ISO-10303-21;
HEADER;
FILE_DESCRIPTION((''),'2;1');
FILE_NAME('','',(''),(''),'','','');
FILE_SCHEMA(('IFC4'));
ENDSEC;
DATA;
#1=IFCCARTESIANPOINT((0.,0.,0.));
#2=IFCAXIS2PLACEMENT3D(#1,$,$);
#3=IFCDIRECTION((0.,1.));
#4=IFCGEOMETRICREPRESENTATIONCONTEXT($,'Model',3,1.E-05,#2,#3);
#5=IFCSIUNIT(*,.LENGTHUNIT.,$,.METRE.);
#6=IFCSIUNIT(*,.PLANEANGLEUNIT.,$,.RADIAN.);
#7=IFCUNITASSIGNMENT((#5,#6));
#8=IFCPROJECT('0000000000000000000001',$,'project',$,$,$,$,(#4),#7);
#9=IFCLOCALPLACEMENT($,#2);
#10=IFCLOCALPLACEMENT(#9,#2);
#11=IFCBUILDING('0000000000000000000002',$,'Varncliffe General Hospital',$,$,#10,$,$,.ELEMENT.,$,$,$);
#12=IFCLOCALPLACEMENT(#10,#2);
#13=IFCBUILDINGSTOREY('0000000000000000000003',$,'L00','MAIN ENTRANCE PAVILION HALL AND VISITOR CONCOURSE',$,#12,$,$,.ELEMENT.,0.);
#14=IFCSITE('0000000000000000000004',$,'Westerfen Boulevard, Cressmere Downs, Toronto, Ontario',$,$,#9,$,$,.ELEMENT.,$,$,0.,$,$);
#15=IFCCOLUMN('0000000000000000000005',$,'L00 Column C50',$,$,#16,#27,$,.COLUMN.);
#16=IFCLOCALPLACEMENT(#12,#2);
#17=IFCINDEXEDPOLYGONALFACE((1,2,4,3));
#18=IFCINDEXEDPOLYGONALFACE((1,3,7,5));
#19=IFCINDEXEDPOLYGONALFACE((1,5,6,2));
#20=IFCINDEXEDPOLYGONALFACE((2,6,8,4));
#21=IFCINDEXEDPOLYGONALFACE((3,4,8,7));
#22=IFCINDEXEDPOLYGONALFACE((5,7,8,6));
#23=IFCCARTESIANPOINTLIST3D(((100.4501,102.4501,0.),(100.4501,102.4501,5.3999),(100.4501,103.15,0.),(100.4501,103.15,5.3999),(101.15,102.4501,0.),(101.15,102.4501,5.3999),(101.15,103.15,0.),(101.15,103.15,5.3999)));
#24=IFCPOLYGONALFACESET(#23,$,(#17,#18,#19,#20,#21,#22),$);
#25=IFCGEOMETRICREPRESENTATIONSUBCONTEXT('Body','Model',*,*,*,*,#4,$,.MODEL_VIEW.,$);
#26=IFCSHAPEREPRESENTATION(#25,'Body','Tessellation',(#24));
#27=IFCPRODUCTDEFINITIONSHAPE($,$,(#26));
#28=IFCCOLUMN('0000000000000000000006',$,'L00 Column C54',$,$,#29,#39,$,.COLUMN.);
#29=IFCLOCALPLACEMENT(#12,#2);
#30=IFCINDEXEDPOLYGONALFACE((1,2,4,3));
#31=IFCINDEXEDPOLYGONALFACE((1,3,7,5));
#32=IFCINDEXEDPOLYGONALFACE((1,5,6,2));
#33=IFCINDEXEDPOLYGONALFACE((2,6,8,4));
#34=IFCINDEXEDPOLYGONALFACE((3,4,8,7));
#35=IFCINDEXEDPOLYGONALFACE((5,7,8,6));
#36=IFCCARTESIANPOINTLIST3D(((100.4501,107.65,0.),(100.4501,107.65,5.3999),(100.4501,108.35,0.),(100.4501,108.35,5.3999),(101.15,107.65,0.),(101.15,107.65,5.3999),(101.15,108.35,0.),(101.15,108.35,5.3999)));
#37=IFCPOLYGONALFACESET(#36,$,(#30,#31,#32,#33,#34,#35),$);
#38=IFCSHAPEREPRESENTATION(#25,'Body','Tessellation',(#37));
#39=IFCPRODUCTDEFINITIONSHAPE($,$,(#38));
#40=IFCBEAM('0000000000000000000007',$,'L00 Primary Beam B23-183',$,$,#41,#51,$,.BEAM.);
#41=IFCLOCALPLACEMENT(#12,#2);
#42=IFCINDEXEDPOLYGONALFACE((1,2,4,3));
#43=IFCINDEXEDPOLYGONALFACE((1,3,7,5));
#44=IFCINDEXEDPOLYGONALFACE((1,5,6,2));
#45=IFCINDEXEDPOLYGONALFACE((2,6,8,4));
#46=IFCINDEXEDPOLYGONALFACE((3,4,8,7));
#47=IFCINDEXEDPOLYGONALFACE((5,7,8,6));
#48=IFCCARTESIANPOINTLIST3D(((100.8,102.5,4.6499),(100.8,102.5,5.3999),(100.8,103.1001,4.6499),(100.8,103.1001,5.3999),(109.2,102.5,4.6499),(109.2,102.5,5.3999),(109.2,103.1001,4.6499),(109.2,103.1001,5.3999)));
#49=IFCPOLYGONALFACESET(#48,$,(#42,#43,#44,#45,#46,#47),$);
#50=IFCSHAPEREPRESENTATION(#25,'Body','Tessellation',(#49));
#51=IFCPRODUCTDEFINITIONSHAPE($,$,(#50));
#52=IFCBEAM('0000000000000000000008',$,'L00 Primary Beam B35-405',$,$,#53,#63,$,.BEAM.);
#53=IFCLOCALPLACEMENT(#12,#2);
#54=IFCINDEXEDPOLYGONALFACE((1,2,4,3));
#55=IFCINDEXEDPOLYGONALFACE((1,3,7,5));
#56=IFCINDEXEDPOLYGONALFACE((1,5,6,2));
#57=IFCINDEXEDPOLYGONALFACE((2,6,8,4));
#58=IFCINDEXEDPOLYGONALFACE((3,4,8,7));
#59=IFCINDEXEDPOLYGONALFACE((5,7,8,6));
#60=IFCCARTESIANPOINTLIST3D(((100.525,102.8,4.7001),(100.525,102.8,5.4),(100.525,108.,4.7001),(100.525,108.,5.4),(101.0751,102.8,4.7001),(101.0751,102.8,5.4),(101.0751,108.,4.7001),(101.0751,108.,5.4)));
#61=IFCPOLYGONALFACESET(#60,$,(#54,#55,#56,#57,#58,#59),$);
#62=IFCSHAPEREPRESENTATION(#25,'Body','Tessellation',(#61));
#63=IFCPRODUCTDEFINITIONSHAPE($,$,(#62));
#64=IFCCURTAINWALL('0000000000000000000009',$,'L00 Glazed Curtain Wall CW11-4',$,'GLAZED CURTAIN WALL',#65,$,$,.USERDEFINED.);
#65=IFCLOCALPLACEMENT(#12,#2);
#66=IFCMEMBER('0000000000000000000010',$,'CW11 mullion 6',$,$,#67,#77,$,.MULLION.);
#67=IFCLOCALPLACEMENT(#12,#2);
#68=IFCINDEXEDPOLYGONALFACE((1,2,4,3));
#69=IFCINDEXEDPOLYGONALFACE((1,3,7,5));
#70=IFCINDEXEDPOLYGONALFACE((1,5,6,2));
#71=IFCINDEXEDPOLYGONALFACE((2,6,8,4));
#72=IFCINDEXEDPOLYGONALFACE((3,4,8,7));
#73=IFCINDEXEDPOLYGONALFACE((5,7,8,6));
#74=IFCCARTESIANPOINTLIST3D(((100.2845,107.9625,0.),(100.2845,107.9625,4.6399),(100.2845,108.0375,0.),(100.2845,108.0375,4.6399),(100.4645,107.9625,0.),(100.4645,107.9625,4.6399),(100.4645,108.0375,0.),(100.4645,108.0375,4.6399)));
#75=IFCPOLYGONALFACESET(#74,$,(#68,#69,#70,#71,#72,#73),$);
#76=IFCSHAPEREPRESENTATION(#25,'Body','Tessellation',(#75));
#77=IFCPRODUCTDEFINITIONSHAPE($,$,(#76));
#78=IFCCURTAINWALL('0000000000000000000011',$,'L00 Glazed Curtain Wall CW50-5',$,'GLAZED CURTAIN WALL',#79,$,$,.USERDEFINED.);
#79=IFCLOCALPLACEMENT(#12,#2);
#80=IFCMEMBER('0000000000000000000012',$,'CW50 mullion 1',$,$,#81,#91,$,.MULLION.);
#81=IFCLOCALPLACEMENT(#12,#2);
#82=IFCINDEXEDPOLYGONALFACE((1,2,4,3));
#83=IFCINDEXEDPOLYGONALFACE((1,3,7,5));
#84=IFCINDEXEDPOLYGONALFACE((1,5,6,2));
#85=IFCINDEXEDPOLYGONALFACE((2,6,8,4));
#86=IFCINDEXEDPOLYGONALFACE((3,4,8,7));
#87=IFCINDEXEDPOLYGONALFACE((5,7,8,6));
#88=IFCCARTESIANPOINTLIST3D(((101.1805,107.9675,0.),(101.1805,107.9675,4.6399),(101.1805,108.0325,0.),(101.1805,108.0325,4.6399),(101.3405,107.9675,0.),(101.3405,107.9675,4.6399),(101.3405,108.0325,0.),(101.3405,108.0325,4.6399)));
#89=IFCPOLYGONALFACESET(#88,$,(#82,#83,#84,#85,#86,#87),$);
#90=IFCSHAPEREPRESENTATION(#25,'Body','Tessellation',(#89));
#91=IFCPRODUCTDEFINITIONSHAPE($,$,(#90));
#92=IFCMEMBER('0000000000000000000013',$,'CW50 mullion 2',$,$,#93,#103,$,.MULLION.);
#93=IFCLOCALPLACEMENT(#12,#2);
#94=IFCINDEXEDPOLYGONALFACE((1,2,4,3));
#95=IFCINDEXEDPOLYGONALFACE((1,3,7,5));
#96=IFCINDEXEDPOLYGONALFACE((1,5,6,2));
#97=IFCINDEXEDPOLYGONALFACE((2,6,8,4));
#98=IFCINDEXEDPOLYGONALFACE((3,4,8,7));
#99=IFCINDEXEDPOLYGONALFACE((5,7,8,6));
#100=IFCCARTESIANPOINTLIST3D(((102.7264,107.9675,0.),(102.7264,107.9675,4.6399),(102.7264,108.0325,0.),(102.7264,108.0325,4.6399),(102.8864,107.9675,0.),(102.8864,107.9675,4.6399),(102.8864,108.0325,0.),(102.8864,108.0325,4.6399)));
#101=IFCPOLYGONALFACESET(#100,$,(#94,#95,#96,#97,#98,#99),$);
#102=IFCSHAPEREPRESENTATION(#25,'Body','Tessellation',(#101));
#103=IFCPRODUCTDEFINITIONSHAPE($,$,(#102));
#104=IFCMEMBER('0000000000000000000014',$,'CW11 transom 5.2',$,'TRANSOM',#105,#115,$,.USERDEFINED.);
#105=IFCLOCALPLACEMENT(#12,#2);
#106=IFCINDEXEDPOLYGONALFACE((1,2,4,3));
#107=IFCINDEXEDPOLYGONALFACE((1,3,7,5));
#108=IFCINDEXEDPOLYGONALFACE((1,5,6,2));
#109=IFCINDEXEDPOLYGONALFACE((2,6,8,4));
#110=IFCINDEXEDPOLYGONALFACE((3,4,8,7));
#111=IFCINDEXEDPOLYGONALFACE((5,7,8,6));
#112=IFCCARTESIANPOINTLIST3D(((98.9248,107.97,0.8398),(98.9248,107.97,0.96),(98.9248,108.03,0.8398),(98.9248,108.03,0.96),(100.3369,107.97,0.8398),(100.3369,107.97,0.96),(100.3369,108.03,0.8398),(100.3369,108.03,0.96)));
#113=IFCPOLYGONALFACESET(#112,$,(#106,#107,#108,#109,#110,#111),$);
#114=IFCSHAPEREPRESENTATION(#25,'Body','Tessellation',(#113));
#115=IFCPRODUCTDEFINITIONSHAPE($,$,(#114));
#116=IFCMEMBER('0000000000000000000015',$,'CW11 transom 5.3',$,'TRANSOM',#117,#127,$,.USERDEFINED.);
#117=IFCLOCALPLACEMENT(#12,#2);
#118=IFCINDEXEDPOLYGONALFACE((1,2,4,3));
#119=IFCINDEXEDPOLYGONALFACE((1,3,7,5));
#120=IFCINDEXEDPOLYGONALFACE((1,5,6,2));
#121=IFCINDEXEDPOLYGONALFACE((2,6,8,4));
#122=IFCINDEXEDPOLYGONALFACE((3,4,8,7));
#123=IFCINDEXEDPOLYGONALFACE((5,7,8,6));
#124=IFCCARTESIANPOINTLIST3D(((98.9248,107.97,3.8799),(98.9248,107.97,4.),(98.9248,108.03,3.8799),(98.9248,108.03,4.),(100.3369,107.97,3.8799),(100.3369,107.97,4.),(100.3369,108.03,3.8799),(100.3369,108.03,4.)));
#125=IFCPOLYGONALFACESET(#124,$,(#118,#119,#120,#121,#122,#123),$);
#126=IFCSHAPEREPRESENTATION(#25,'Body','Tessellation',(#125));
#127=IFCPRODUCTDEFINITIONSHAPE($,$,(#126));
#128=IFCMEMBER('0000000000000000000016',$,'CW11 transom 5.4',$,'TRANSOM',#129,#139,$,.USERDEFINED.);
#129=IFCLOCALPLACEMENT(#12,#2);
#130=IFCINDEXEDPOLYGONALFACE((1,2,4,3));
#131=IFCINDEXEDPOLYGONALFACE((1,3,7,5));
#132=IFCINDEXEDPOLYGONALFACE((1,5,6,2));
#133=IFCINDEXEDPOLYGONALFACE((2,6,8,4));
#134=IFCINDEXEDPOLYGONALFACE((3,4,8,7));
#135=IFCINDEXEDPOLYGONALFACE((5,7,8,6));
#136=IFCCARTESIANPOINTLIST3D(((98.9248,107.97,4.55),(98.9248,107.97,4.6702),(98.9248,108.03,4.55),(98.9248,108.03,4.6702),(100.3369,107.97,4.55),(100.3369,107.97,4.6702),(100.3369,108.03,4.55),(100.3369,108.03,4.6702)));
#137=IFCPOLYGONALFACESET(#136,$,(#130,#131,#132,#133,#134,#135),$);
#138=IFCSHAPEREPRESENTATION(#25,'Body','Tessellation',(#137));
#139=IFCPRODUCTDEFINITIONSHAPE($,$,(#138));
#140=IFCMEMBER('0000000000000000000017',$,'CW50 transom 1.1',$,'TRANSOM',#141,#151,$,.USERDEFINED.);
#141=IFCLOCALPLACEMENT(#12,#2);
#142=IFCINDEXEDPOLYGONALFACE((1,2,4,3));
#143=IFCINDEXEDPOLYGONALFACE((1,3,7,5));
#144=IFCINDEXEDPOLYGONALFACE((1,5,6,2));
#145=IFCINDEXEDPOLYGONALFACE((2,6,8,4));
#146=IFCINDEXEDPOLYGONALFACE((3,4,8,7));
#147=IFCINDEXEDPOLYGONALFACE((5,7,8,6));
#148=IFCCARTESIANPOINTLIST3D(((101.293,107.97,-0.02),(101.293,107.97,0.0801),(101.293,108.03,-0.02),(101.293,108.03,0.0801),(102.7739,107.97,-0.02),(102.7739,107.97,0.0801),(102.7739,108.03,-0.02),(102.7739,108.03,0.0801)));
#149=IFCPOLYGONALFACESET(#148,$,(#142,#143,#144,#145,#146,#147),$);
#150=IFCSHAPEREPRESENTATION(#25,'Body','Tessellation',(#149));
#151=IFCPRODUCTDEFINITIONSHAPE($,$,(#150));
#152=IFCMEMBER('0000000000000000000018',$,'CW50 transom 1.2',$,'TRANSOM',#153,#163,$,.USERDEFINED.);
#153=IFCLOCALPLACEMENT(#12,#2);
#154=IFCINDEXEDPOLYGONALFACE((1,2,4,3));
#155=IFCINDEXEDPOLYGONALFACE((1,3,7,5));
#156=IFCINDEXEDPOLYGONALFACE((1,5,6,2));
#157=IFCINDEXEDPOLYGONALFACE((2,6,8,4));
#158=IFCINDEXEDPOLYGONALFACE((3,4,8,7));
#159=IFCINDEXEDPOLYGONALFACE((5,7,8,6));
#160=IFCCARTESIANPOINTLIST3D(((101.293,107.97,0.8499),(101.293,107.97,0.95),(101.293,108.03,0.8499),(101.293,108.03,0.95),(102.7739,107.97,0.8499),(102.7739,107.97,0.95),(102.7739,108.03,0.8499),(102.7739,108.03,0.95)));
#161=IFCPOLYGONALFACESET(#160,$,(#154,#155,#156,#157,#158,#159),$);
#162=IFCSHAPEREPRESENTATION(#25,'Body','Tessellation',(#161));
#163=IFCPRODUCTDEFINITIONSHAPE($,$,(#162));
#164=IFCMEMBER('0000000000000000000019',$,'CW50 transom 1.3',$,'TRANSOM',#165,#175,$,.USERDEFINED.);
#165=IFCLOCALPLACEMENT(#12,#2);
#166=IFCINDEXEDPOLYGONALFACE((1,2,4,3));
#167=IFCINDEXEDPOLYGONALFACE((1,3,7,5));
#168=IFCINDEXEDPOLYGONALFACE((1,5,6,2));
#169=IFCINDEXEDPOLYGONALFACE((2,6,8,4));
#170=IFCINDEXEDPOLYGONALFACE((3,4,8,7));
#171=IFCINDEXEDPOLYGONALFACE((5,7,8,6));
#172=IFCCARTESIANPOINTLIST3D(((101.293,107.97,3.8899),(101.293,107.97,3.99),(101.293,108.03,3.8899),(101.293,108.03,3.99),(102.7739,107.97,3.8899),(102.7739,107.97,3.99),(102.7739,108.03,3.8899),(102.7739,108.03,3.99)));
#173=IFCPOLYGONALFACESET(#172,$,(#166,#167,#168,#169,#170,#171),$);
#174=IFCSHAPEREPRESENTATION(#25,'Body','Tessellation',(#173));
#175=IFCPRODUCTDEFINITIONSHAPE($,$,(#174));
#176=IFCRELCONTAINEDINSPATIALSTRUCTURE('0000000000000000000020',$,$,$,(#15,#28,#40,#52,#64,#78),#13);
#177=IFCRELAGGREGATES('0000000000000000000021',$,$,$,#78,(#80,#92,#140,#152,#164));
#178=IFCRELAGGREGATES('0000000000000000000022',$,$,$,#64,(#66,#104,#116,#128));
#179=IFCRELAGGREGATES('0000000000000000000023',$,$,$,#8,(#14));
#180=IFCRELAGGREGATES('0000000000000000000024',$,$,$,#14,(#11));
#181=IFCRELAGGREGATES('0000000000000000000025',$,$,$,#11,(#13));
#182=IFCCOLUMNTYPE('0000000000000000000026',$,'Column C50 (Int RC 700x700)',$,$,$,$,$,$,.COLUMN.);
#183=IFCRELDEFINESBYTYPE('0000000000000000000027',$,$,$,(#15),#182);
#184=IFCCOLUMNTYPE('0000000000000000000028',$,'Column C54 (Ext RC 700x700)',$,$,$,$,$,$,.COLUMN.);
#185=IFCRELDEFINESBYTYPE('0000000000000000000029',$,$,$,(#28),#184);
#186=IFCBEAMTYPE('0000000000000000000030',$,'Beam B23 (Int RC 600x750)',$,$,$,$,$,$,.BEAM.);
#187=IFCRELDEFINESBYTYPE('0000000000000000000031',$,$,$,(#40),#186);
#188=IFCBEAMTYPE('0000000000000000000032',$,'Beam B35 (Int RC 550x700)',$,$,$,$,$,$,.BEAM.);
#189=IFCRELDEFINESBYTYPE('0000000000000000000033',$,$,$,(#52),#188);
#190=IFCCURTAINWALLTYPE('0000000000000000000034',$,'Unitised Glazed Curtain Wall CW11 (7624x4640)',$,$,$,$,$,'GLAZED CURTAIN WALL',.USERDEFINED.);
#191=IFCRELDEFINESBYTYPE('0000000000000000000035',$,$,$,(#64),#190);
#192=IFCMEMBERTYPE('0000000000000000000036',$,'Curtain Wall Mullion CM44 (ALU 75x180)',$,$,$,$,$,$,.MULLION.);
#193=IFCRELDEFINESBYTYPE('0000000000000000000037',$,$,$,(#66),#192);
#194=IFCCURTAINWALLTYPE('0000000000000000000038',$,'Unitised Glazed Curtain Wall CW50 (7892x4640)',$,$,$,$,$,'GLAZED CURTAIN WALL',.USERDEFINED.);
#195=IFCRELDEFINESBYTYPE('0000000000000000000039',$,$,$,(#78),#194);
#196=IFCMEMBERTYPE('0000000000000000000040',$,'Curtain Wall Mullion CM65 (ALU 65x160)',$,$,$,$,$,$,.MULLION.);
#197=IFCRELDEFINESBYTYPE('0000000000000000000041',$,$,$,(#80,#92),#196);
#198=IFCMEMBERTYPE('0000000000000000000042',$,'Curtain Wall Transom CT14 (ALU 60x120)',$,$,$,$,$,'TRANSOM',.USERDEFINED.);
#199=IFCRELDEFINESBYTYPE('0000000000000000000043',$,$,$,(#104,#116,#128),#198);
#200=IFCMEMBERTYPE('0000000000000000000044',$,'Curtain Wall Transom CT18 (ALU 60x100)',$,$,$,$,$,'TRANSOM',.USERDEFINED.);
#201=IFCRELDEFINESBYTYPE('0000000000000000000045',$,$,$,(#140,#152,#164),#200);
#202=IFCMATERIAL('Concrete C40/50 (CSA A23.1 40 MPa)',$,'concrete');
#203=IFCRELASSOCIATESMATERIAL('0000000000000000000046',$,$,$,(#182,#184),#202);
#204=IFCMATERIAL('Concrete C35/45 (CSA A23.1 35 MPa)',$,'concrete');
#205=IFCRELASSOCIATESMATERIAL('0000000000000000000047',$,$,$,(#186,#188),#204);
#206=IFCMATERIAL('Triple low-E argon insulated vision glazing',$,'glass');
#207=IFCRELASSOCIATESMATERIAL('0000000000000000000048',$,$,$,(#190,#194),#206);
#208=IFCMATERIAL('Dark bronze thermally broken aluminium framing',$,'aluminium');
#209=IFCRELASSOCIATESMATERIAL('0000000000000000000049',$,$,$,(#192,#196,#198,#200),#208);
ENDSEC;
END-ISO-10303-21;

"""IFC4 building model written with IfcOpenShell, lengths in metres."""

from ifc_helpers import new_model, si_unit, direction, frame, origin, origin_2d, place, context, subcontext, project, spatial, rectangle, extrude, material, material_profile, profile_set, type_object, element, aggregate, save


model = new_model("IFC4")

# Units and contexts
model_context = context("Model", 3, precision=1e-05, world=origin(), true_north=direction((0.0, 1.0)))
body_context = subcontext(model_context, "Body", "Model", "MODEL_VIEW")
ifc_project = project(units=[si_unit("LENGTHUNIT", "METRE"), si_unit("PLANEANGLEUNIT", "RADIAN")], contexts=[model_context])

# Site, building, storey
site_placement = place(None, origin())
site = spatial("IfcSite", under=ifc_project, at=site_placement, Name="Westerfen Boulevard, Cressmere Downs, Toronto, Ontario", CompositionType="ELEMENT", RefElevation=0.0)
building_placement = place(site_placement, origin())
building = spatial("IfcBuilding", under=site, at=building_placement, Name="Varncliffe General Hospital", CompositionType="ELEMENT")
storey_placement = place(building_placement, origin())
storey = spatial("IfcBuildingStorey", under=building, at=storey_placement, Name="L00", Description="MAIN ENTRANCE PAVILION HALL AND VISITOR CONCOURSE", CompositionType="ELEMENT", Elevation=0.0)

# Columns
ifc_material_1 = material(Name="Concrete C40/50 (CSA A23.1 40 MPa)", Category="concrete")
ifc_material_profile_1 = material_profile(ifc_material_1, rectangle(XDim=0.7, YDim=0.7, at=origin_2d()), Name="RC 700x700")
ifc_profile_set_1 = profile_set([ifc_material_profile_1], Name="Concrete C40/50 (CSA A23.1 40 MPa)")
column_type_1 = type_object("IfcColumnType", Name="Column C50 (Int RC 700x700)", PredefinedType="COLUMN", material=ifc_profile_set_1)
column_1_placement = place(storey_placement, frame((100.8, 102.8, 0.0), z_axis=(0.0, 0.0, 1.0), x_axis=(1.0, 0.0, 0.0)))
element("IfcColumn", 1, at=column_1_placement, inside=storey, type_object=column_type_1, Name="L00 Column C50", PredefinedType="COLUMN", context=body_context, shape_type="SweptSolid", body=[
    extrude(rectangle(XDim=0.7, YDim=0.7, at=origin_2d()), origin(), (0.0, 0.0, 1.0), 5.3999),
])
ifc_material_profile_2 = material_profile(ifc_material_1, rectangle(XDim=0.7, YDim=0.7, at=origin_2d()), Name="RC 700x700")
ifc_profile_set_2 = profile_set([ifc_material_profile_2], Name="Concrete C40/50 (CSA A23.1 40 MPa)")
column_type_2 = type_object("IfcColumnType", Name="Column C54 (Ext RC 700x700)", PredefinedType="COLUMN", material=ifc_profile_set_2)
column_2_placement = place(storey_placement, frame((100.8, 108.0, 0.0), z_axis=(0.0, 0.0, 1.0), x_axis=(1.0, 0.0, 0.0)))
element("IfcColumn", 2, at=column_2_placement, inside=storey, type_object=column_type_2, Name="L00 Column C54", PredefinedType="COLUMN", context=body_context, shape_type="SweptSolid", body=[
    extrude(rectangle(XDim=0.7, YDim=0.7, at=origin_2d()), origin(), (0.0, 0.0, 1.0), 5.3999),
])

# Beams
ifc_material_2 = material(Name="Concrete C35/45 (CSA A23.1 35 MPa)", Category="concrete")
ifc_material_profile_3 = material_profile(ifc_material_2, rectangle(XDim=0.6001, YDim=0.75, at=origin_2d()), Name="RC 600x750")
ifc_profile_set_3 = profile_set([ifc_material_profile_3], Name="Concrete C35/45 (CSA A23.1 35 MPa)")
beam_type_1 = type_object("IfcBeamType", Name="Beam B23 (Int RC 600x750)", PredefinedType="BEAM", material=ifc_profile_set_3)
beam_1_placement = place(storey_placement, frame((100.8, 102.8, 5.0249), z_axis=(1.0, 0.0, 0.0), x_axis=(0.0, 1.0, 0.0)))
element("IfcBeam", 3, at=beam_1_placement, inside=storey, type_object=beam_type_1, Name="L00 Primary Beam B23-183", PredefinedType="BEAM", context=body_context, shape_type="SweptSolid", body=[
    extrude(rectangle(XDim=0.6001, YDim=0.75, at=origin_2d()), origin(), (0.0, 0.0, 1.0), 8.3999),
])
ifc_material_profile_4 = material_profile(ifc_material_2, rectangle(XDim=0.55, YDim=0.7, at=origin_2d()), Name="RC 550x700")
ifc_profile_set_4 = profile_set([ifc_material_profile_4], Name="Concrete C35/45 (CSA A23.1 35 MPa)")
beam_type_2 = type_object("IfcBeamType", Name="Beam B35 (Int RC 550x700)", PredefinedType="BEAM", material=ifc_profile_set_4)
beam_2_placement = place(storey_placement, frame((100.8, 102.8, 5.05), z_axis=(0.0, 1.0, 0.0), x_axis=(-1.0, 0.0, 0.0)))
element("IfcBeam", 4, at=beam_2_placement, inside=storey, type_object=beam_type_2, Name="L00 Primary Beam B35-405", PredefinedType="BEAM", context=body_context, shape_type="SweptSolid", body=[
    extrude(rectangle(XDim=0.55, YDim=0.7, at=origin_2d()), origin(), (0.0, 0.0, 1.0), 5.2),
])

# Curtain wall, member
ifc_material_3 = material(Name="Triple low-E argon insulated vision glazing", Category="glass")
curtain_wall_type_1 = type_object("IfcCurtainWallType", Name="Unitised Glazed Curtain Wall CW11 (7624x4640)", ElementType="GLAZED CURTAIN WALL", PredefinedType="USERDEFINED", material=ifc_material_3)
curtain_wall_1_placement = place(storey_placement, origin())
curtain_wall_1 = element("IfcCurtainWall", 5, at=curtain_wall_1_placement, inside=storey, type_object=curtain_wall_type_1, Name="L00 Glazed Curtain Wall CW11-4", ObjectType="GLAZED CURTAIN WALL", PredefinedType="USERDEFINED")
ifc_material_4 = material(Name="Dark bronze thermally broken aluminium framing", Category="aluminium")
ifc_material_profile_5 = material_profile(ifc_material_4, rectangle(XDim=0.075, YDim=0.1799, at=origin_2d()), Name="ALU 75x180")
ifc_profile_set_5 = profile_set([ifc_material_profile_5], Name="Dark bronze thermally broken aluminium framing")
member_type_1 = type_object("IfcMemberType", Name="Curtain Wall Mullion CM44 (ALU 75x180)", PredefinedType="MULLION", material=ifc_profile_set_5)
member_1_placement = place(storey_placement, frame((100.3745, 108.0, 0.0), z_axis=(0.0, 0.0, 1.0), x_axis=(0.0, 1.0, 0.0)))
member_1 = element("IfcMember", 6, at=member_1_placement, type_object=member_type_1, Name="CW11 mullion 6", PredefinedType="MULLION", context=body_context, shape_type="SweptSolid", body=[
    extrude(rectangle(XDim=0.075, YDim=0.1799, at=origin_2d()), origin(), (0.0, 0.0, 1.0), 4.6399),
])

# Curtain wall, members
curtain_wall_type_2 = type_object("IfcCurtainWallType", Name="Unitised Glazed Curtain Wall CW50 (7892x4640)", ElementType="GLAZED CURTAIN WALL", PredefinedType="USERDEFINED", material=ifc_material_3)
curtain_wall_2_placement = place(storey_placement, origin())
curtain_wall_2 = element("IfcCurtainWall", 7, at=curtain_wall_2_placement, inside=storey, type_object=curtain_wall_type_2, Name="L00 Glazed Curtain Wall CW50-5", ObjectType="GLAZED CURTAIN WALL", PredefinedType="USERDEFINED")
ifc_material_profile_6 = material_profile(ifc_material_4, rectangle(XDim=0.0649, YDim=0.1599, at=origin_2d()), Name="ALU 65x160")
ifc_profile_set_6 = profile_set([ifc_material_profile_6], Name="Dark bronze thermally broken aluminium framing")
member_type_2 = type_object("IfcMemberType", Name="Curtain Wall Mullion CM65 (ALU 65x160)", PredefinedType="MULLION", material=ifc_profile_set_6)
member_2_placement = place(storey_placement, frame((101.2605, 108.0, 0.0), z_axis=(0.0, 0.0, 1.0), x_axis=(0.0, 1.0, 0.0)))
member_2 = element("IfcMember", 8, at=member_2_placement, type_object=member_type_2, Name="CW50 mullion 1", PredefinedType="MULLION", context=body_context, shape_type="SweptSolid", body=[
    extrude(rectangle(XDim=0.0649, YDim=0.1599, at=origin_2d()), origin(), (0.0, 0.0, 1.0), 4.6399),
])
member_3_placement = place(storey_placement, frame((102.8064, 108.0, 0.0), z_axis=(0.0, 0.0, 1.0), x_axis=(0.0, 1.0, 0.0)))
member_3 = element("IfcMember", 9, at=member_3_placement, type_object=member_type_2, Name="CW50 mullion 2", PredefinedType="MULLION", context=body_context, shape_type="SweptSolid", body=[
    extrude(rectangle(XDim=0.0649, YDim=0.1599, at=origin_2d()), origin(), (0.0, 0.0, 1.0), 4.6399),
])

# Members
ifc_material_profile_7 = material_profile(ifc_material_4, rectangle(XDim=0.0601, YDim=0.1201, at=origin_2d()), Name="ALU 60x120")
ifc_profile_set_7 = profile_set([ifc_material_profile_7], Name="Dark bronze thermally broken aluminium framing")
member_type_3 = type_object("IfcMemberType", Name="Curtain Wall Transom CT14 (ALU 60x120)", ElementType="TRANSOM", PredefinedType="USERDEFINED", material=ifc_profile_set_7)
member_4_placement = place(storey_placement, frame((98.9248, 108.0, 0.8999), z_axis=(1.0, 0.0, 0.0), x_axis=(0.0, 1.0, 0.0)))
member_4 = element("IfcMember", 10, at=member_4_placement, type_object=member_type_3, Name="CW11 transom 5.2", ObjectType="TRANSOM", PredefinedType="USERDEFINED", context=body_context, shape_type="SweptSolid", body=[
    extrude(rectangle(XDim=0.0601, YDim=0.1201, at=origin_2d()), origin(), (0.0, 0.0, 1.0), 1.4121),
])
member_5_placement = place(storey_placement, frame((98.9248, 108.0, 3.9399), z_axis=(1.0, 0.0, 0.0), x_axis=(0.0, 1.0, 0.0)))
member_5 = element("IfcMember", 11, at=member_5_placement, type_object=member_type_3, Name="CW11 transom 5.3", ObjectType="TRANSOM", PredefinedType="USERDEFINED", context=body_context, shape_type="SweptSolid", body=[
    extrude(rectangle(XDim=0.0601, YDim=0.1201, at=origin_2d()), origin(), (0.0, 0.0, 1.0), 1.4121),
])
member_6_placement = place(storey_placement, frame((98.9248, 108.0, 4.6101), z_axis=(1.0, 0.0, 0.0), x_axis=(0.0, 1.0, 0.0)))
member_6 = element("IfcMember", 12, at=member_6_placement, type_object=member_type_3, Name="CW11 transom 5.4", ObjectType="TRANSOM", PredefinedType="USERDEFINED", context=body_context, shape_type="SweptSolid", body=[
    extrude(rectangle(XDim=0.0601, YDim=0.1201, at=origin_2d()), origin(), (0.0, 0.0, 1.0), 1.4121),
])
ifc_material_profile_8 = material_profile(ifc_material_4, rectangle(XDim=0.0601, YDim=0.1001, at=origin_2d()), Name="ALU 60x100")
ifc_profile_set_8 = profile_set([ifc_material_profile_8], Name="Dark bronze thermally broken aluminium framing")
member_type_4 = type_object("IfcMemberType", Name="Curtain Wall Transom CT18 (ALU 60x100)", ElementType="TRANSOM", PredefinedType="USERDEFINED", material=ifc_profile_set_8)
member_7_placement = place(storey_placement, frame((101.293, 108.0, 0.03), z_axis=(1.0, 0.0, 0.0), x_axis=(0.0, 1.0, 0.0)))
member_7 = element("IfcMember", 13, at=member_7_placement, type_object=member_type_4, Name="CW50 transom 1.1", ObjectType="TRANSOM", PredefinedType="USERDEFINED", context=body_context, shape_type="SweptSolid", body=[
    extrude(rectangle(XDim=0.0601, YDim=0.1001, at=origin_2d()), origin(), (0.0, 0.0, 1.0), 1.481),
])
member_8_placement = place(storey_placement, frame((101.293, 108.0, 0.8999), z_axis=(1.0, 0.0, 0.0), x_axis=(0.0, 1.0, 0.0)))
member_8 = element("IfcMember", 14, at=member_8_placement, type_object=member_type_4, Name="CW50 transom 1.2", ObjectType="TRANSOM", PredefinedType="USERDEFINED", context=body_context, shape_type="SweptSolid", body=[
    extrude(rectangle(XDim=0.0601, YDim=0.1001, at=origin_2d()), origin(), (0.0, 0.0, 1.0), 1.481),
])
member_9_placement = place(storey_placement, frame((101.293, 108.0, 3.9399), z_axis=(1.0, 0.0, 0.0), x_axis=(0.0, 1.0, 0.0)))
member_9 = element("IfcMember", 15, at=member_9_placement, type_object=member_type_4, Name="CW50 transom 1.3", ObjectType="TRANSOM", PredefinedType="USERDEFINED", context=body_context, shape_type="SweptSolid", body=[
    extrude(rectangle(XDim=0.0601, YDim=0.1001, at=origin_2d()), origin(), (0.0, 0.0, 1.0), 1.481),
])

aggregate(curtain_wall_2, [member_2, member_3, member_7, member_8, member_9])
aggregate(curtain_wall_1, [member_1, member_4, member_5, member_6])

save(model, "model.ifc")
